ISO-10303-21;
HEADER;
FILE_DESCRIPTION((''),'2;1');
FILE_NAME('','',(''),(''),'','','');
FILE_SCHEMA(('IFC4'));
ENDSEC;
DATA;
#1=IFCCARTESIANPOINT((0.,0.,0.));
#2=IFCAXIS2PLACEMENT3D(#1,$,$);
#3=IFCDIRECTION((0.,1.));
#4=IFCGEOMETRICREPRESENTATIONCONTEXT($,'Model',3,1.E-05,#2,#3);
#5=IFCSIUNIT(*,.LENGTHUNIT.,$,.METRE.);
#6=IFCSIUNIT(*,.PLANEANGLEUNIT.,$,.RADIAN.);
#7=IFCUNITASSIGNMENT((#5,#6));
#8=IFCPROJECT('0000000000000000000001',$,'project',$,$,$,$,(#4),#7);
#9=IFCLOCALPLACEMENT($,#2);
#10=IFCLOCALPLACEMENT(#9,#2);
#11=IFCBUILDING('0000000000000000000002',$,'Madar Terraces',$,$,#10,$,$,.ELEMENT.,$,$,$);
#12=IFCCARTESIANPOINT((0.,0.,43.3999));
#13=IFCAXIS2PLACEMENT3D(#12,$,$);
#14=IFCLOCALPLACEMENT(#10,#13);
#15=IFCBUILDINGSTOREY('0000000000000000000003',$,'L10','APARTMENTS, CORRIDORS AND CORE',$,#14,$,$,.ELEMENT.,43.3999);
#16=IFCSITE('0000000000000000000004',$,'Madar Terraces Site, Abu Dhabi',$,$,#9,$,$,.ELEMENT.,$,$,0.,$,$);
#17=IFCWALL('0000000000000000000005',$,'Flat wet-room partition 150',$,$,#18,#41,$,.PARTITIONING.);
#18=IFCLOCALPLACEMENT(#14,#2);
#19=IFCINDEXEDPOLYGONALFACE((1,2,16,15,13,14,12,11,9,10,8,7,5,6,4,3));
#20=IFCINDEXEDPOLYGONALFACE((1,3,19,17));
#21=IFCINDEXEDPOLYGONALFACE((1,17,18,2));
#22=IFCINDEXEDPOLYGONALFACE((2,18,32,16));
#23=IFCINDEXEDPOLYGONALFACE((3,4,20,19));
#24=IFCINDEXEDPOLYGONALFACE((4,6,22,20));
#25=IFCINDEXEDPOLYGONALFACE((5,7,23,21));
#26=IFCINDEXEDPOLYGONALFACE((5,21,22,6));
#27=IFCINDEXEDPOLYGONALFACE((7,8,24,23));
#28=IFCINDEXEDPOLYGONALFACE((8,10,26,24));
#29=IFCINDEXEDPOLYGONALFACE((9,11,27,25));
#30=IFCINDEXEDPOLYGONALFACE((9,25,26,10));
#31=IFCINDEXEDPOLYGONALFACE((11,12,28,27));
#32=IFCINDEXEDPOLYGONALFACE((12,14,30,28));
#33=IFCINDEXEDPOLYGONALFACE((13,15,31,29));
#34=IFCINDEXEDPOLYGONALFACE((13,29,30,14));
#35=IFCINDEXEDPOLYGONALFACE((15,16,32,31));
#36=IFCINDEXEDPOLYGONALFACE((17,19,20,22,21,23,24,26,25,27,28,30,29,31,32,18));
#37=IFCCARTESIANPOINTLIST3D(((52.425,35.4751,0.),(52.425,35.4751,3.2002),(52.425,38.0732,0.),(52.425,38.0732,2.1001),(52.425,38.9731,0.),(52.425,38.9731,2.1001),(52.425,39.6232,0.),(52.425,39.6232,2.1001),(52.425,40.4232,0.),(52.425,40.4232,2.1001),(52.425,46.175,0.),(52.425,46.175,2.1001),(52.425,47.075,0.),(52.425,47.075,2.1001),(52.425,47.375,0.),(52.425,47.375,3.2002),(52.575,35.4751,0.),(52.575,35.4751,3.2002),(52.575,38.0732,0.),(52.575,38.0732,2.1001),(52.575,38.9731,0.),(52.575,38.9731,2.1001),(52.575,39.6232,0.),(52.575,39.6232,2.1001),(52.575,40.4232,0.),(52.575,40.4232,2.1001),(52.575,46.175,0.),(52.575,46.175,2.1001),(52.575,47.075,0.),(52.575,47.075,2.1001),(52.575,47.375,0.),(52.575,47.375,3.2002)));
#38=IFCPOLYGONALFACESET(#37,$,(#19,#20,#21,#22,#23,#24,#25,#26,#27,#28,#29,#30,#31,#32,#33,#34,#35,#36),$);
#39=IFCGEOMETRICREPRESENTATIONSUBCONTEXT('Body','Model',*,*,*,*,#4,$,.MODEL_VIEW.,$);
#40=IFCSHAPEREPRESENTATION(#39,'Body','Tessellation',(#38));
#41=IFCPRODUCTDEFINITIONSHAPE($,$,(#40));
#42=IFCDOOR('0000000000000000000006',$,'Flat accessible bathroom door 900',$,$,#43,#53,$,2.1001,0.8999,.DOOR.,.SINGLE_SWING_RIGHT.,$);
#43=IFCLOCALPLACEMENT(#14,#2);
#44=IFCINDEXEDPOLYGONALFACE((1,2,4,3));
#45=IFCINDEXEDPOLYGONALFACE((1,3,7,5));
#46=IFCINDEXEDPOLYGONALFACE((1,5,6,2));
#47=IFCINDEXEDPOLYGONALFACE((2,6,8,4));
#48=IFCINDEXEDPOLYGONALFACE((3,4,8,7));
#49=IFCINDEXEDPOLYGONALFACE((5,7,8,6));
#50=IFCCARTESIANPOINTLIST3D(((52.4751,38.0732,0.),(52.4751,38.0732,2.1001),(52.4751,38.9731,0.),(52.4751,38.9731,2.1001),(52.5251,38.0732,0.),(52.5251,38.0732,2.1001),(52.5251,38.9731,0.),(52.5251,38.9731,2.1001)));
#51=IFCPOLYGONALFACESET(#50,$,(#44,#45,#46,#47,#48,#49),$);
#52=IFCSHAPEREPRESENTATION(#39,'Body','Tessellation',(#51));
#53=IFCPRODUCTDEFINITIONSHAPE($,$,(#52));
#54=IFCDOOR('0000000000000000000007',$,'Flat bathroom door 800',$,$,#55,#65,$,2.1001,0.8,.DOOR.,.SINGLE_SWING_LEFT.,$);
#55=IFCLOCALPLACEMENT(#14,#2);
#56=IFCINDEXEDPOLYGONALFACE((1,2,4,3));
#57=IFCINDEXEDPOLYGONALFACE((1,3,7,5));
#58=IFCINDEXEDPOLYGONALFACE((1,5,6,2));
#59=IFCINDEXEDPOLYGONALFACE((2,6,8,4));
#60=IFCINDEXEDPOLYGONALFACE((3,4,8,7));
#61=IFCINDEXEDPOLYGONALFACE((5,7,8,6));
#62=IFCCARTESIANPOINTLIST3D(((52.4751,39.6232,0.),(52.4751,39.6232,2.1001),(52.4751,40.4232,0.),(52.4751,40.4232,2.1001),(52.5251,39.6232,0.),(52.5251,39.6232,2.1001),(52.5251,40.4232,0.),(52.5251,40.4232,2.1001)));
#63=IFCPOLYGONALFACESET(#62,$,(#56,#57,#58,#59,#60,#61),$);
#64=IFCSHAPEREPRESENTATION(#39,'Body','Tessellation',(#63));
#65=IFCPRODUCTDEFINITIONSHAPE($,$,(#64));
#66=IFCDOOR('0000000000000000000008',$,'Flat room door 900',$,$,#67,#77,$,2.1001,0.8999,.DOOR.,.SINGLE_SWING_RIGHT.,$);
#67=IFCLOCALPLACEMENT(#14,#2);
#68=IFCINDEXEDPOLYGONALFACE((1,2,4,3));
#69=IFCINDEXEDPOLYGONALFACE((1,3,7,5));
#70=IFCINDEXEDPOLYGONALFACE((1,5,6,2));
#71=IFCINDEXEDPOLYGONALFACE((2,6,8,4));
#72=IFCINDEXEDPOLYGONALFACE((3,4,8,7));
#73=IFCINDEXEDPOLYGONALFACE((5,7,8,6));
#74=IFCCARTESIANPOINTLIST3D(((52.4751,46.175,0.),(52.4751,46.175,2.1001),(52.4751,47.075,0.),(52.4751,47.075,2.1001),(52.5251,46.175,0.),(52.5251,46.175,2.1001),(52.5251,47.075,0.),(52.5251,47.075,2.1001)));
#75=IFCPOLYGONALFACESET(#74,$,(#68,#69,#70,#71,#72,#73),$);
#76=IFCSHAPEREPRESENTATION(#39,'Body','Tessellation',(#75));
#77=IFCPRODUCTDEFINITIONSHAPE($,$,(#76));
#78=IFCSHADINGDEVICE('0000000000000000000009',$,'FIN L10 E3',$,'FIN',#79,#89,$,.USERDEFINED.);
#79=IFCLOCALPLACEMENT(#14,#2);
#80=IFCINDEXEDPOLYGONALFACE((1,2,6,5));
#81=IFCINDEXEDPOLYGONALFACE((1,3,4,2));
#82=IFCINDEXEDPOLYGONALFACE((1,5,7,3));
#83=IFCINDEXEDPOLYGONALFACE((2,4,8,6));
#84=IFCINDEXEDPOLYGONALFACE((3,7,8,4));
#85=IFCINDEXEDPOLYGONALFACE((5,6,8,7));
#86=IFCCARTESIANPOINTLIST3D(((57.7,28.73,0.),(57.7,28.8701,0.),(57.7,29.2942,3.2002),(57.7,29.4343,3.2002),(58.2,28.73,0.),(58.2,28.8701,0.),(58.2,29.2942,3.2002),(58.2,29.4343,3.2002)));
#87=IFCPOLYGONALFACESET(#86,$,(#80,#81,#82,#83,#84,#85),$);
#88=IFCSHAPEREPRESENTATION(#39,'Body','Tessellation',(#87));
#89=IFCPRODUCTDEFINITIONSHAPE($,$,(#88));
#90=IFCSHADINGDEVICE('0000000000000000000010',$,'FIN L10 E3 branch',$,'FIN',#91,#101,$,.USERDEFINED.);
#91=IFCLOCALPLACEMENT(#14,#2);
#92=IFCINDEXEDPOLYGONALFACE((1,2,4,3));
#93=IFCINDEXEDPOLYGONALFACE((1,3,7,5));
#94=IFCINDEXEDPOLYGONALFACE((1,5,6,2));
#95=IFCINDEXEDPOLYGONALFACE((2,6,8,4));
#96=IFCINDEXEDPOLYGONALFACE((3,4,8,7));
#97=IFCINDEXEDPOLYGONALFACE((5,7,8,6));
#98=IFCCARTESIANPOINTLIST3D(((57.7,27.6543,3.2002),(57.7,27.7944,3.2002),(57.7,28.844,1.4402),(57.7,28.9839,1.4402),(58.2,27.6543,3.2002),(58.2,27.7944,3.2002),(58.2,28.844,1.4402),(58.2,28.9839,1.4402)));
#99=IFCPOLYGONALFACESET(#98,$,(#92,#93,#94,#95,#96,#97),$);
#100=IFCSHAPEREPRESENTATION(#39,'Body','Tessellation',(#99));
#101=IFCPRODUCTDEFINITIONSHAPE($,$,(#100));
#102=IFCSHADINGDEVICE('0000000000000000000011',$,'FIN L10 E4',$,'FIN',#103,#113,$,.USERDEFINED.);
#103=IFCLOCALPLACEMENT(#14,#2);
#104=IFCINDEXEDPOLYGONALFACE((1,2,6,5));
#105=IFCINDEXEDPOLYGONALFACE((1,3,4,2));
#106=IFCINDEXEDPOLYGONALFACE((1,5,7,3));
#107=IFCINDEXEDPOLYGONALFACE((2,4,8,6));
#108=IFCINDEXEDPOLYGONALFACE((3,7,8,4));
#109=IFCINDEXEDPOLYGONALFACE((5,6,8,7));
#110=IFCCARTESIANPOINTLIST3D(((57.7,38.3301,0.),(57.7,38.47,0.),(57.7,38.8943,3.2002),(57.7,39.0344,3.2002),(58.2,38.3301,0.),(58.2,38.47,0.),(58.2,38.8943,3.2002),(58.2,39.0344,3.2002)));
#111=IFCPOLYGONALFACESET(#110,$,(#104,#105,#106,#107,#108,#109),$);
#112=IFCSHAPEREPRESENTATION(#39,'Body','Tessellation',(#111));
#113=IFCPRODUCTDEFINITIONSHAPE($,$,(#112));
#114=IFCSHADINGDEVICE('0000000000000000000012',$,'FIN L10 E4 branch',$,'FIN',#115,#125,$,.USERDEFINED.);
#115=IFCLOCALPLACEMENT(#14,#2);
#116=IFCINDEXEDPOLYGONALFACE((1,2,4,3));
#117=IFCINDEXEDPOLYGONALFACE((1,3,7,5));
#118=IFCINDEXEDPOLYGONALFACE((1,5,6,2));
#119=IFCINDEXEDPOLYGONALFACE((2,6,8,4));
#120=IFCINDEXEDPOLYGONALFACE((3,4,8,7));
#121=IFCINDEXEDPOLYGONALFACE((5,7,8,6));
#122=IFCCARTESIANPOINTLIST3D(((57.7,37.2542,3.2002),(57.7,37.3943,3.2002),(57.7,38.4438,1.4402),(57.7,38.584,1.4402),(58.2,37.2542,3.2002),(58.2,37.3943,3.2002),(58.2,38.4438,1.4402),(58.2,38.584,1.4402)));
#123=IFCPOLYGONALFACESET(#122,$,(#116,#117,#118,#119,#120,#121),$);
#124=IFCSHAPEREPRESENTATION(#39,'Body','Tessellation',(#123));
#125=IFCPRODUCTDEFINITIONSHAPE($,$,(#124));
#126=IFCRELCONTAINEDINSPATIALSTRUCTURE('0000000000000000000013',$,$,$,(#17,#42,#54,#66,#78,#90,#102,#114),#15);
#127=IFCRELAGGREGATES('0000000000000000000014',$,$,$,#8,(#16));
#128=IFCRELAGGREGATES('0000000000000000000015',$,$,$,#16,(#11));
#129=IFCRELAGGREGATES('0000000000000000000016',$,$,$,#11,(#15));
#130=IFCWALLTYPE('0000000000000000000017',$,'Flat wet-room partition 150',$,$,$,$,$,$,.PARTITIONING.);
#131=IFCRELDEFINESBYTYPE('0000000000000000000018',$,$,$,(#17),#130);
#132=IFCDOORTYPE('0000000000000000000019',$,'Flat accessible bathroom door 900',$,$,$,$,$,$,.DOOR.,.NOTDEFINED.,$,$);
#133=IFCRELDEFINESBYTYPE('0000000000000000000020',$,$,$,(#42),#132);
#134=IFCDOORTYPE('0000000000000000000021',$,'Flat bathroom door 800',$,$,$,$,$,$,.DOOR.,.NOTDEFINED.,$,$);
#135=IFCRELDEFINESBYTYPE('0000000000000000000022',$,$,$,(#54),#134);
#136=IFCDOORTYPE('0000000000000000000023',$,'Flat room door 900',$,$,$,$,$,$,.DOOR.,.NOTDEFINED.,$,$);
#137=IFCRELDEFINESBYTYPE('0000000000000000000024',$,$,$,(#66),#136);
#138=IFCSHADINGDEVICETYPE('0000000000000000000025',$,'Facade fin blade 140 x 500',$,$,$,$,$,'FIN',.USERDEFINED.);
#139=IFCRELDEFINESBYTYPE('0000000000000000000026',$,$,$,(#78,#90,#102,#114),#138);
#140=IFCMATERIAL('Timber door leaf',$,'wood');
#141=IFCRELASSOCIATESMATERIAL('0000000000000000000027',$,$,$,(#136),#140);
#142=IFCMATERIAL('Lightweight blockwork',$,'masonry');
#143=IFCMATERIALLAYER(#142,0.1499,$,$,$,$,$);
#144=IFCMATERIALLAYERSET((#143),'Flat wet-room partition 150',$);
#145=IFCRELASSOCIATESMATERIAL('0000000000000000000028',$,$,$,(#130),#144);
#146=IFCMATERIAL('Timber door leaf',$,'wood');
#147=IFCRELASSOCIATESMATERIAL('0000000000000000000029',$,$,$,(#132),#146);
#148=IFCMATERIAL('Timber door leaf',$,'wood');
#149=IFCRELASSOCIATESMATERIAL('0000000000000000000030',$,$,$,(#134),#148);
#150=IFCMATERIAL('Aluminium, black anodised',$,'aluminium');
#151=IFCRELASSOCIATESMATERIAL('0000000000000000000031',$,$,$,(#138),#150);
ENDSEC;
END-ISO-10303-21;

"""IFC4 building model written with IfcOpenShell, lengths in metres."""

from ifc_helpers import new_model, si_unit, direction, frame, frame_2d, origin, place, context, subcontext, project, spatial, polyline, rectangle, outline, extrude, material, layer, layer_set, type_object, element, fill, save


model = new_model("IFC4")

# Units and contexts
model_context = context("Model", 3, precision=1e-05, world=origin(), true_north=direction((0.0, 1.0)))
body_context = subcontext(model_context, "Body", "Model", "MODEL_VIEW")
ifc_project = project(units=[si_unit("LENGTHUNIT", "METRE"), si_unit("PLANEANGLEUNIT", "RADIAN")], contexts=[model_context])

# Site, building, storey
site_placement = place(None, origin())
site = spatial("IfcSite", under=ifc_project, at=site_placement, Name="Madar Terraces Site, Abu Dhabi", CompositionType="ELEMENT", RefElevation=0.0)
building_placement = place(site_placement, origin())
building = spatial("IfcBuilding", under=site, at=building_placement, Name="Madar Terraces", CompositionType="ELEMENT")
storey_placement = place(building_placement, frame((0.0, 0.0, 43.3999)))
storey = spatial("IfcBuildingStorey", under=building, at=storey_placement, Name="L10", Description="APARTMENTS, CORRIDORS AND CORE", CompositionType="ELEMENT", Elevation=43.3999)

# Shared definitions
ifc_material_1 = material(Name="Timber door leaf", Category="wood")
door_type_1 = type_object("IfcDoorType", Name="Flat room door 900", OperationType="NOTDEFINED", PredefinedType="DOOR", material=ifc_material_1)

# Shared definitions
ifc_material_2 = material(Name="Lightweight blockwork", Category="masonry")
ifc_layer_1 = layer(ifc_material_2, 0.1499)
ifc_layer_set_1 = layer_set([ifc_layer_1], Name="Flat wet-room partition 150")
wall_type_1 = type_object("IfcWallType", Name="Flat wet-room partition 150", PredefinedType="PARTITIONING", material=ifc_layer_set_1)

# Wall, openings, doors
wall_1_placement = place(storey_placement, frame((52.5, 35.4751, 0.0), z_axis=(0.0, 0.0, 1.0), x_axis=(0.0, 1.0, 0.0)))
wall_1 = element("IfcWall", 1, at=wall_1_placement, inside=storey, type_object=wall_type_1, Name="Flat wet-room partition 150", PredefinedType="PARTITIONING", context=body_context, shape_type="SweptSolid", body=[
    extrude(rectangle(XDim=11.8999, YDim=0.1499, at=frame_2d((5.95, 0.0))), origin(), (0.0, 0.0, 1.0), 3.2002),
])
opening_1_placement = place(wall_1_placement, frame((2.5981, 0.0, 0.0)))
opening_1 = element("IfcOpeningElement", 2, at=opening_1_placement, cuts=wall_1, PredefinedType="OPENING", context=body_context, shape_type="SweptSolid", body=[
    extrude(rectangle(XDim=0.8999, YDim=2.1001, at=frame_2d((0.45, 1.05))), frame((0.0, 0.085, 0.0), z_axis=(0.0, -1.0, 0.0), x_axis=(1.0, 0.0, 0.0)), (0.0, 0.0, 1.0), 0.1699),
])
opening_2_placement = place(wall_1_placement, frame((4.1482, 0.0, 0.0)))
opening_2 = element("IfcOpeningElement", 3, at=opening_2_placement, cuts=wall_1, PredefinedType="OPENING", context=body_context, shape_type="SweptSolid", body=[
    extrude(rectangle(XDim=0.8, YDim=2.1001, at=frame_2d((0.3999, 1.05))), frame((0.0, 0.085, 0.0), z_axis=(0.0, -1.0, 0.0), x_axis=(1.0, 0.0, 0.0)), (0.0, 0.0, 1.0), 0.1699),
])
opening_3_placement = place(wall_1_placement, frame((10.7, 0.0, 0.0)))
opening_3 = element("IfcOpeningElement", 4, at=opening_3_placement, cuts=wall_1, PredefinedType="OPENING", context=body_context, shape_type="SweptSolid", body=[
    extrude(rectangle(XDim=0.8999, YDim=2.1001, at=frame_2d((0.45, 1.05))), frame((0.0, 0.085, 0.0), z_axis=(0.0, -1.0, 0.0), x_axis=(1.0, 0.0, 0.0)), (0.0, 0.0, 1.0), 0.1699),
])
ifc_material_3 = material(Name="Timber door leaf", Category="wood")
door_type_2 = type_object("IfcDoorType", Name="Flat accessible bathroom door 900", OperationType="NOTDEFINED", PredefinedType="DOOR", material=ifc_material_3)
door_1_placement = place(opening_1_placement, origin())
door_1 = element("IfcDoor", 5, at=door_1_placement, inside=storey, type_object=door_type_2, Name="Flat accessible bathroom door 900", OperationType="SINGLE_SWING_RIGHT", OverallHeight=2.1001, OverallWidth=0.8999, PredefinedType="DOOR", context=body_context, shape_type="SweptSolid", body=[
    extrude(rectangle(XDim=0.8999, YDim=2.1001, at=frame_2d((0.45, 1.05))), frame((0.0, 0.0249, 0.0), z_axis=(0.0, -1.0, 0.0), x_axis=(1.0, 0.0, 0.0)), (0.0, 0.0, 1.0), 0.05),
])
fill(opening_1, door_1)
ifc_material_4 = material(Name="Timber door leaf", Category="wood")
door_type_3 = type_object("IfcDoorType", Name="Flat bathroom door 800", OperationType="NOTDEFINED", PredefinedType="DOOR", material=ifc_material_4)
door_2_placement = place(opening_2_placement, origin())
door_2 = element("IfcDoor", 6, at=door_2_placement, inside=storey, type_object=door_type_3, Name="Flat bathroom door 800", OperationType="SINGLE_SWING_LEFT", OverallHeight=2.1001, OverallWidth=0.8, PredefinedType="DOOR", context=body_context, shape_type="SweptSolid", body=[
    extrude(rectangle(XDim=0.8, YDim=2.1001, at=frame_2d((0.3999, 1.05))), frame((0.0, 0.0249, 0.0), z_axis=(0.0, -1.0, 0.0), x_axis=(1.0, 0.0, 0.0)), (0.0, 0.0, 1.0), 0.05),
])
fill(opening_2, door_2)
door_3_placement = place(opening_3_placement, origin())
door_3 = element("IfcDoor", 7, at=door_3_placement, inside=storey, type_object=door_type_1, Name="Flat room door 900", OperationType="SINGLE_SWING_RIGHT", OverallHeight=2.1001, OverallWidth=0.8999, PredefinedType="DOOR", context=body_context, shape_type="SweptSolid", body=[
    extrude(rectangle(XDim=0.8999, YDim=2.1001, at=frame_2d((0.45, 1.05))), frame((0.0, 0.0249, 0.0), z_axis=(0.0, -1.0, 0.0), x_axis=(1.0, 0.0, 0.0)), (0.0, 0.0, 1.0), 0.05),
])
fill(opening_3, door_3)

# Shading devices
ifc_material_5 = material(Name="Aluminium, black anodised", Category="aluminium")
shading_device_type = type_object("IfcShadingDeviceType", Name="Facade fin blade 140 x 500", ElementType="FIN", PredefinedType="USERDEFINED", material=ifc_material_5)
shading_device_1_placement = place(storey_placement, frame((57.95, 28.73, 0.0), z_axis=(0.0, 0.0, 1.0), x_axis=(0.0, 1.0, 0.0)))
element("IfcShadingDevice", 8, at=shading_device_1_placement, inside=storey, type_object=shading_device_type, Name="FIN L10 E3", ObjectType="FIN", PredefinedType="USERDEFINED", context=body_context, shape_type="SweptSolid", body=[
    extrude(outline(polyline([(0.0, 0.0), (0.1401, 0.0), (0.7043, 3.2002), (0.5642, 3.2002), (0.0, 0.0)])), frame((0.0, 0.25, 0.0), z_axis=(0.0, -1.0, 0.0), x_axis=(1.0, 0.0, 0.0)), (0.0, 0.0, 1.0), 0.5),
])
shading_device_2_placement = place(storey_placement, frame((57.95, 28.844, 1.4402), z_axis=(0.0, 0.0, 1.0), x_axis=(0.0, 1.0, 0.0)))
element("IfcShadingDevice", 9, at=shading_device_2_placement, inside=storey, type_object=shading_device_type, Name="FIN L10 E3 branch", ObjectType="FIN", PredefinedType="USERDEFINED", context=body_context, shape_type="SweptSolid", body=[
    extrude(outline(polyline([(0.0, 0.0), (0.1399, 0.0), (-1.0496, 1.76), (-1.1897, 1.76), (0.0, 0.0)])), frame((0.0, 0.25, 0.0), z_axis=(0.0, -1.0, 0.0), x_axis=(1.0, 0.0, 0.0)), (0.0, 0.0, 1.0), 0.5),
])
shading_device_3_placement = place(storey_placement, frame((57.95, 38.3301, 0.0), z_axis=(0.0, 0.0, 1.0), x_axis=(0.0, 1.0, 0.0)))
element("IfcShadingDevice", 10, at=shading_device_3_placement, inside=storey, type_object=shading_device_type, Name="FIN L10 E4", ObjectType="FIN", PredefinedType="USERDEFINED", context=body_context, shape_type="SweptSolid", body=[
    extrude(outline(polyline([(0.0, 0.0), (0.1399, 0.0), (0.7043, 3.2002), (0.5642, 3.2002), (0.0, 0.0)])), frame((0.0, 0.25, 0.0), z_axis=(0.0, -1.0, 0.0), x_axis=(1.0, 0.0, 0.0)), (0.0, 0.0, 1.0), 0.5),
])
shading_device_4_placement = place(storey_placement, frame((57.95, 38.4438, 1.4402), z_axis=(0.0, 0.0, 1.0), x_axis=(0.0, 1.0, 0.0)))
element("IfcShadingDevice", 11, at=shading_device_4_placement, inside=storey, type_object=shading_device_type, Name="FIN L10 E4 branch", ObjectType="FIN", PredefinedType="USERDEFINED", context=body_context, shape_type="SweptSolid", body=[
    extrude(outline(polyline([(0.0, 0.0), (0.1401, 0.0), (-1.0496, 1.76), (-1.1897, 1.76), (0.0, 0.0)])), frame((0.0, 0.25, 0.0), z_axis=(0.0, -1.0, 0.0), x_axis=(1.0, 0.0, 0.0)), (0.0, 0.0, 1.0), 0.5),
])

save(model, "model.ifc")
